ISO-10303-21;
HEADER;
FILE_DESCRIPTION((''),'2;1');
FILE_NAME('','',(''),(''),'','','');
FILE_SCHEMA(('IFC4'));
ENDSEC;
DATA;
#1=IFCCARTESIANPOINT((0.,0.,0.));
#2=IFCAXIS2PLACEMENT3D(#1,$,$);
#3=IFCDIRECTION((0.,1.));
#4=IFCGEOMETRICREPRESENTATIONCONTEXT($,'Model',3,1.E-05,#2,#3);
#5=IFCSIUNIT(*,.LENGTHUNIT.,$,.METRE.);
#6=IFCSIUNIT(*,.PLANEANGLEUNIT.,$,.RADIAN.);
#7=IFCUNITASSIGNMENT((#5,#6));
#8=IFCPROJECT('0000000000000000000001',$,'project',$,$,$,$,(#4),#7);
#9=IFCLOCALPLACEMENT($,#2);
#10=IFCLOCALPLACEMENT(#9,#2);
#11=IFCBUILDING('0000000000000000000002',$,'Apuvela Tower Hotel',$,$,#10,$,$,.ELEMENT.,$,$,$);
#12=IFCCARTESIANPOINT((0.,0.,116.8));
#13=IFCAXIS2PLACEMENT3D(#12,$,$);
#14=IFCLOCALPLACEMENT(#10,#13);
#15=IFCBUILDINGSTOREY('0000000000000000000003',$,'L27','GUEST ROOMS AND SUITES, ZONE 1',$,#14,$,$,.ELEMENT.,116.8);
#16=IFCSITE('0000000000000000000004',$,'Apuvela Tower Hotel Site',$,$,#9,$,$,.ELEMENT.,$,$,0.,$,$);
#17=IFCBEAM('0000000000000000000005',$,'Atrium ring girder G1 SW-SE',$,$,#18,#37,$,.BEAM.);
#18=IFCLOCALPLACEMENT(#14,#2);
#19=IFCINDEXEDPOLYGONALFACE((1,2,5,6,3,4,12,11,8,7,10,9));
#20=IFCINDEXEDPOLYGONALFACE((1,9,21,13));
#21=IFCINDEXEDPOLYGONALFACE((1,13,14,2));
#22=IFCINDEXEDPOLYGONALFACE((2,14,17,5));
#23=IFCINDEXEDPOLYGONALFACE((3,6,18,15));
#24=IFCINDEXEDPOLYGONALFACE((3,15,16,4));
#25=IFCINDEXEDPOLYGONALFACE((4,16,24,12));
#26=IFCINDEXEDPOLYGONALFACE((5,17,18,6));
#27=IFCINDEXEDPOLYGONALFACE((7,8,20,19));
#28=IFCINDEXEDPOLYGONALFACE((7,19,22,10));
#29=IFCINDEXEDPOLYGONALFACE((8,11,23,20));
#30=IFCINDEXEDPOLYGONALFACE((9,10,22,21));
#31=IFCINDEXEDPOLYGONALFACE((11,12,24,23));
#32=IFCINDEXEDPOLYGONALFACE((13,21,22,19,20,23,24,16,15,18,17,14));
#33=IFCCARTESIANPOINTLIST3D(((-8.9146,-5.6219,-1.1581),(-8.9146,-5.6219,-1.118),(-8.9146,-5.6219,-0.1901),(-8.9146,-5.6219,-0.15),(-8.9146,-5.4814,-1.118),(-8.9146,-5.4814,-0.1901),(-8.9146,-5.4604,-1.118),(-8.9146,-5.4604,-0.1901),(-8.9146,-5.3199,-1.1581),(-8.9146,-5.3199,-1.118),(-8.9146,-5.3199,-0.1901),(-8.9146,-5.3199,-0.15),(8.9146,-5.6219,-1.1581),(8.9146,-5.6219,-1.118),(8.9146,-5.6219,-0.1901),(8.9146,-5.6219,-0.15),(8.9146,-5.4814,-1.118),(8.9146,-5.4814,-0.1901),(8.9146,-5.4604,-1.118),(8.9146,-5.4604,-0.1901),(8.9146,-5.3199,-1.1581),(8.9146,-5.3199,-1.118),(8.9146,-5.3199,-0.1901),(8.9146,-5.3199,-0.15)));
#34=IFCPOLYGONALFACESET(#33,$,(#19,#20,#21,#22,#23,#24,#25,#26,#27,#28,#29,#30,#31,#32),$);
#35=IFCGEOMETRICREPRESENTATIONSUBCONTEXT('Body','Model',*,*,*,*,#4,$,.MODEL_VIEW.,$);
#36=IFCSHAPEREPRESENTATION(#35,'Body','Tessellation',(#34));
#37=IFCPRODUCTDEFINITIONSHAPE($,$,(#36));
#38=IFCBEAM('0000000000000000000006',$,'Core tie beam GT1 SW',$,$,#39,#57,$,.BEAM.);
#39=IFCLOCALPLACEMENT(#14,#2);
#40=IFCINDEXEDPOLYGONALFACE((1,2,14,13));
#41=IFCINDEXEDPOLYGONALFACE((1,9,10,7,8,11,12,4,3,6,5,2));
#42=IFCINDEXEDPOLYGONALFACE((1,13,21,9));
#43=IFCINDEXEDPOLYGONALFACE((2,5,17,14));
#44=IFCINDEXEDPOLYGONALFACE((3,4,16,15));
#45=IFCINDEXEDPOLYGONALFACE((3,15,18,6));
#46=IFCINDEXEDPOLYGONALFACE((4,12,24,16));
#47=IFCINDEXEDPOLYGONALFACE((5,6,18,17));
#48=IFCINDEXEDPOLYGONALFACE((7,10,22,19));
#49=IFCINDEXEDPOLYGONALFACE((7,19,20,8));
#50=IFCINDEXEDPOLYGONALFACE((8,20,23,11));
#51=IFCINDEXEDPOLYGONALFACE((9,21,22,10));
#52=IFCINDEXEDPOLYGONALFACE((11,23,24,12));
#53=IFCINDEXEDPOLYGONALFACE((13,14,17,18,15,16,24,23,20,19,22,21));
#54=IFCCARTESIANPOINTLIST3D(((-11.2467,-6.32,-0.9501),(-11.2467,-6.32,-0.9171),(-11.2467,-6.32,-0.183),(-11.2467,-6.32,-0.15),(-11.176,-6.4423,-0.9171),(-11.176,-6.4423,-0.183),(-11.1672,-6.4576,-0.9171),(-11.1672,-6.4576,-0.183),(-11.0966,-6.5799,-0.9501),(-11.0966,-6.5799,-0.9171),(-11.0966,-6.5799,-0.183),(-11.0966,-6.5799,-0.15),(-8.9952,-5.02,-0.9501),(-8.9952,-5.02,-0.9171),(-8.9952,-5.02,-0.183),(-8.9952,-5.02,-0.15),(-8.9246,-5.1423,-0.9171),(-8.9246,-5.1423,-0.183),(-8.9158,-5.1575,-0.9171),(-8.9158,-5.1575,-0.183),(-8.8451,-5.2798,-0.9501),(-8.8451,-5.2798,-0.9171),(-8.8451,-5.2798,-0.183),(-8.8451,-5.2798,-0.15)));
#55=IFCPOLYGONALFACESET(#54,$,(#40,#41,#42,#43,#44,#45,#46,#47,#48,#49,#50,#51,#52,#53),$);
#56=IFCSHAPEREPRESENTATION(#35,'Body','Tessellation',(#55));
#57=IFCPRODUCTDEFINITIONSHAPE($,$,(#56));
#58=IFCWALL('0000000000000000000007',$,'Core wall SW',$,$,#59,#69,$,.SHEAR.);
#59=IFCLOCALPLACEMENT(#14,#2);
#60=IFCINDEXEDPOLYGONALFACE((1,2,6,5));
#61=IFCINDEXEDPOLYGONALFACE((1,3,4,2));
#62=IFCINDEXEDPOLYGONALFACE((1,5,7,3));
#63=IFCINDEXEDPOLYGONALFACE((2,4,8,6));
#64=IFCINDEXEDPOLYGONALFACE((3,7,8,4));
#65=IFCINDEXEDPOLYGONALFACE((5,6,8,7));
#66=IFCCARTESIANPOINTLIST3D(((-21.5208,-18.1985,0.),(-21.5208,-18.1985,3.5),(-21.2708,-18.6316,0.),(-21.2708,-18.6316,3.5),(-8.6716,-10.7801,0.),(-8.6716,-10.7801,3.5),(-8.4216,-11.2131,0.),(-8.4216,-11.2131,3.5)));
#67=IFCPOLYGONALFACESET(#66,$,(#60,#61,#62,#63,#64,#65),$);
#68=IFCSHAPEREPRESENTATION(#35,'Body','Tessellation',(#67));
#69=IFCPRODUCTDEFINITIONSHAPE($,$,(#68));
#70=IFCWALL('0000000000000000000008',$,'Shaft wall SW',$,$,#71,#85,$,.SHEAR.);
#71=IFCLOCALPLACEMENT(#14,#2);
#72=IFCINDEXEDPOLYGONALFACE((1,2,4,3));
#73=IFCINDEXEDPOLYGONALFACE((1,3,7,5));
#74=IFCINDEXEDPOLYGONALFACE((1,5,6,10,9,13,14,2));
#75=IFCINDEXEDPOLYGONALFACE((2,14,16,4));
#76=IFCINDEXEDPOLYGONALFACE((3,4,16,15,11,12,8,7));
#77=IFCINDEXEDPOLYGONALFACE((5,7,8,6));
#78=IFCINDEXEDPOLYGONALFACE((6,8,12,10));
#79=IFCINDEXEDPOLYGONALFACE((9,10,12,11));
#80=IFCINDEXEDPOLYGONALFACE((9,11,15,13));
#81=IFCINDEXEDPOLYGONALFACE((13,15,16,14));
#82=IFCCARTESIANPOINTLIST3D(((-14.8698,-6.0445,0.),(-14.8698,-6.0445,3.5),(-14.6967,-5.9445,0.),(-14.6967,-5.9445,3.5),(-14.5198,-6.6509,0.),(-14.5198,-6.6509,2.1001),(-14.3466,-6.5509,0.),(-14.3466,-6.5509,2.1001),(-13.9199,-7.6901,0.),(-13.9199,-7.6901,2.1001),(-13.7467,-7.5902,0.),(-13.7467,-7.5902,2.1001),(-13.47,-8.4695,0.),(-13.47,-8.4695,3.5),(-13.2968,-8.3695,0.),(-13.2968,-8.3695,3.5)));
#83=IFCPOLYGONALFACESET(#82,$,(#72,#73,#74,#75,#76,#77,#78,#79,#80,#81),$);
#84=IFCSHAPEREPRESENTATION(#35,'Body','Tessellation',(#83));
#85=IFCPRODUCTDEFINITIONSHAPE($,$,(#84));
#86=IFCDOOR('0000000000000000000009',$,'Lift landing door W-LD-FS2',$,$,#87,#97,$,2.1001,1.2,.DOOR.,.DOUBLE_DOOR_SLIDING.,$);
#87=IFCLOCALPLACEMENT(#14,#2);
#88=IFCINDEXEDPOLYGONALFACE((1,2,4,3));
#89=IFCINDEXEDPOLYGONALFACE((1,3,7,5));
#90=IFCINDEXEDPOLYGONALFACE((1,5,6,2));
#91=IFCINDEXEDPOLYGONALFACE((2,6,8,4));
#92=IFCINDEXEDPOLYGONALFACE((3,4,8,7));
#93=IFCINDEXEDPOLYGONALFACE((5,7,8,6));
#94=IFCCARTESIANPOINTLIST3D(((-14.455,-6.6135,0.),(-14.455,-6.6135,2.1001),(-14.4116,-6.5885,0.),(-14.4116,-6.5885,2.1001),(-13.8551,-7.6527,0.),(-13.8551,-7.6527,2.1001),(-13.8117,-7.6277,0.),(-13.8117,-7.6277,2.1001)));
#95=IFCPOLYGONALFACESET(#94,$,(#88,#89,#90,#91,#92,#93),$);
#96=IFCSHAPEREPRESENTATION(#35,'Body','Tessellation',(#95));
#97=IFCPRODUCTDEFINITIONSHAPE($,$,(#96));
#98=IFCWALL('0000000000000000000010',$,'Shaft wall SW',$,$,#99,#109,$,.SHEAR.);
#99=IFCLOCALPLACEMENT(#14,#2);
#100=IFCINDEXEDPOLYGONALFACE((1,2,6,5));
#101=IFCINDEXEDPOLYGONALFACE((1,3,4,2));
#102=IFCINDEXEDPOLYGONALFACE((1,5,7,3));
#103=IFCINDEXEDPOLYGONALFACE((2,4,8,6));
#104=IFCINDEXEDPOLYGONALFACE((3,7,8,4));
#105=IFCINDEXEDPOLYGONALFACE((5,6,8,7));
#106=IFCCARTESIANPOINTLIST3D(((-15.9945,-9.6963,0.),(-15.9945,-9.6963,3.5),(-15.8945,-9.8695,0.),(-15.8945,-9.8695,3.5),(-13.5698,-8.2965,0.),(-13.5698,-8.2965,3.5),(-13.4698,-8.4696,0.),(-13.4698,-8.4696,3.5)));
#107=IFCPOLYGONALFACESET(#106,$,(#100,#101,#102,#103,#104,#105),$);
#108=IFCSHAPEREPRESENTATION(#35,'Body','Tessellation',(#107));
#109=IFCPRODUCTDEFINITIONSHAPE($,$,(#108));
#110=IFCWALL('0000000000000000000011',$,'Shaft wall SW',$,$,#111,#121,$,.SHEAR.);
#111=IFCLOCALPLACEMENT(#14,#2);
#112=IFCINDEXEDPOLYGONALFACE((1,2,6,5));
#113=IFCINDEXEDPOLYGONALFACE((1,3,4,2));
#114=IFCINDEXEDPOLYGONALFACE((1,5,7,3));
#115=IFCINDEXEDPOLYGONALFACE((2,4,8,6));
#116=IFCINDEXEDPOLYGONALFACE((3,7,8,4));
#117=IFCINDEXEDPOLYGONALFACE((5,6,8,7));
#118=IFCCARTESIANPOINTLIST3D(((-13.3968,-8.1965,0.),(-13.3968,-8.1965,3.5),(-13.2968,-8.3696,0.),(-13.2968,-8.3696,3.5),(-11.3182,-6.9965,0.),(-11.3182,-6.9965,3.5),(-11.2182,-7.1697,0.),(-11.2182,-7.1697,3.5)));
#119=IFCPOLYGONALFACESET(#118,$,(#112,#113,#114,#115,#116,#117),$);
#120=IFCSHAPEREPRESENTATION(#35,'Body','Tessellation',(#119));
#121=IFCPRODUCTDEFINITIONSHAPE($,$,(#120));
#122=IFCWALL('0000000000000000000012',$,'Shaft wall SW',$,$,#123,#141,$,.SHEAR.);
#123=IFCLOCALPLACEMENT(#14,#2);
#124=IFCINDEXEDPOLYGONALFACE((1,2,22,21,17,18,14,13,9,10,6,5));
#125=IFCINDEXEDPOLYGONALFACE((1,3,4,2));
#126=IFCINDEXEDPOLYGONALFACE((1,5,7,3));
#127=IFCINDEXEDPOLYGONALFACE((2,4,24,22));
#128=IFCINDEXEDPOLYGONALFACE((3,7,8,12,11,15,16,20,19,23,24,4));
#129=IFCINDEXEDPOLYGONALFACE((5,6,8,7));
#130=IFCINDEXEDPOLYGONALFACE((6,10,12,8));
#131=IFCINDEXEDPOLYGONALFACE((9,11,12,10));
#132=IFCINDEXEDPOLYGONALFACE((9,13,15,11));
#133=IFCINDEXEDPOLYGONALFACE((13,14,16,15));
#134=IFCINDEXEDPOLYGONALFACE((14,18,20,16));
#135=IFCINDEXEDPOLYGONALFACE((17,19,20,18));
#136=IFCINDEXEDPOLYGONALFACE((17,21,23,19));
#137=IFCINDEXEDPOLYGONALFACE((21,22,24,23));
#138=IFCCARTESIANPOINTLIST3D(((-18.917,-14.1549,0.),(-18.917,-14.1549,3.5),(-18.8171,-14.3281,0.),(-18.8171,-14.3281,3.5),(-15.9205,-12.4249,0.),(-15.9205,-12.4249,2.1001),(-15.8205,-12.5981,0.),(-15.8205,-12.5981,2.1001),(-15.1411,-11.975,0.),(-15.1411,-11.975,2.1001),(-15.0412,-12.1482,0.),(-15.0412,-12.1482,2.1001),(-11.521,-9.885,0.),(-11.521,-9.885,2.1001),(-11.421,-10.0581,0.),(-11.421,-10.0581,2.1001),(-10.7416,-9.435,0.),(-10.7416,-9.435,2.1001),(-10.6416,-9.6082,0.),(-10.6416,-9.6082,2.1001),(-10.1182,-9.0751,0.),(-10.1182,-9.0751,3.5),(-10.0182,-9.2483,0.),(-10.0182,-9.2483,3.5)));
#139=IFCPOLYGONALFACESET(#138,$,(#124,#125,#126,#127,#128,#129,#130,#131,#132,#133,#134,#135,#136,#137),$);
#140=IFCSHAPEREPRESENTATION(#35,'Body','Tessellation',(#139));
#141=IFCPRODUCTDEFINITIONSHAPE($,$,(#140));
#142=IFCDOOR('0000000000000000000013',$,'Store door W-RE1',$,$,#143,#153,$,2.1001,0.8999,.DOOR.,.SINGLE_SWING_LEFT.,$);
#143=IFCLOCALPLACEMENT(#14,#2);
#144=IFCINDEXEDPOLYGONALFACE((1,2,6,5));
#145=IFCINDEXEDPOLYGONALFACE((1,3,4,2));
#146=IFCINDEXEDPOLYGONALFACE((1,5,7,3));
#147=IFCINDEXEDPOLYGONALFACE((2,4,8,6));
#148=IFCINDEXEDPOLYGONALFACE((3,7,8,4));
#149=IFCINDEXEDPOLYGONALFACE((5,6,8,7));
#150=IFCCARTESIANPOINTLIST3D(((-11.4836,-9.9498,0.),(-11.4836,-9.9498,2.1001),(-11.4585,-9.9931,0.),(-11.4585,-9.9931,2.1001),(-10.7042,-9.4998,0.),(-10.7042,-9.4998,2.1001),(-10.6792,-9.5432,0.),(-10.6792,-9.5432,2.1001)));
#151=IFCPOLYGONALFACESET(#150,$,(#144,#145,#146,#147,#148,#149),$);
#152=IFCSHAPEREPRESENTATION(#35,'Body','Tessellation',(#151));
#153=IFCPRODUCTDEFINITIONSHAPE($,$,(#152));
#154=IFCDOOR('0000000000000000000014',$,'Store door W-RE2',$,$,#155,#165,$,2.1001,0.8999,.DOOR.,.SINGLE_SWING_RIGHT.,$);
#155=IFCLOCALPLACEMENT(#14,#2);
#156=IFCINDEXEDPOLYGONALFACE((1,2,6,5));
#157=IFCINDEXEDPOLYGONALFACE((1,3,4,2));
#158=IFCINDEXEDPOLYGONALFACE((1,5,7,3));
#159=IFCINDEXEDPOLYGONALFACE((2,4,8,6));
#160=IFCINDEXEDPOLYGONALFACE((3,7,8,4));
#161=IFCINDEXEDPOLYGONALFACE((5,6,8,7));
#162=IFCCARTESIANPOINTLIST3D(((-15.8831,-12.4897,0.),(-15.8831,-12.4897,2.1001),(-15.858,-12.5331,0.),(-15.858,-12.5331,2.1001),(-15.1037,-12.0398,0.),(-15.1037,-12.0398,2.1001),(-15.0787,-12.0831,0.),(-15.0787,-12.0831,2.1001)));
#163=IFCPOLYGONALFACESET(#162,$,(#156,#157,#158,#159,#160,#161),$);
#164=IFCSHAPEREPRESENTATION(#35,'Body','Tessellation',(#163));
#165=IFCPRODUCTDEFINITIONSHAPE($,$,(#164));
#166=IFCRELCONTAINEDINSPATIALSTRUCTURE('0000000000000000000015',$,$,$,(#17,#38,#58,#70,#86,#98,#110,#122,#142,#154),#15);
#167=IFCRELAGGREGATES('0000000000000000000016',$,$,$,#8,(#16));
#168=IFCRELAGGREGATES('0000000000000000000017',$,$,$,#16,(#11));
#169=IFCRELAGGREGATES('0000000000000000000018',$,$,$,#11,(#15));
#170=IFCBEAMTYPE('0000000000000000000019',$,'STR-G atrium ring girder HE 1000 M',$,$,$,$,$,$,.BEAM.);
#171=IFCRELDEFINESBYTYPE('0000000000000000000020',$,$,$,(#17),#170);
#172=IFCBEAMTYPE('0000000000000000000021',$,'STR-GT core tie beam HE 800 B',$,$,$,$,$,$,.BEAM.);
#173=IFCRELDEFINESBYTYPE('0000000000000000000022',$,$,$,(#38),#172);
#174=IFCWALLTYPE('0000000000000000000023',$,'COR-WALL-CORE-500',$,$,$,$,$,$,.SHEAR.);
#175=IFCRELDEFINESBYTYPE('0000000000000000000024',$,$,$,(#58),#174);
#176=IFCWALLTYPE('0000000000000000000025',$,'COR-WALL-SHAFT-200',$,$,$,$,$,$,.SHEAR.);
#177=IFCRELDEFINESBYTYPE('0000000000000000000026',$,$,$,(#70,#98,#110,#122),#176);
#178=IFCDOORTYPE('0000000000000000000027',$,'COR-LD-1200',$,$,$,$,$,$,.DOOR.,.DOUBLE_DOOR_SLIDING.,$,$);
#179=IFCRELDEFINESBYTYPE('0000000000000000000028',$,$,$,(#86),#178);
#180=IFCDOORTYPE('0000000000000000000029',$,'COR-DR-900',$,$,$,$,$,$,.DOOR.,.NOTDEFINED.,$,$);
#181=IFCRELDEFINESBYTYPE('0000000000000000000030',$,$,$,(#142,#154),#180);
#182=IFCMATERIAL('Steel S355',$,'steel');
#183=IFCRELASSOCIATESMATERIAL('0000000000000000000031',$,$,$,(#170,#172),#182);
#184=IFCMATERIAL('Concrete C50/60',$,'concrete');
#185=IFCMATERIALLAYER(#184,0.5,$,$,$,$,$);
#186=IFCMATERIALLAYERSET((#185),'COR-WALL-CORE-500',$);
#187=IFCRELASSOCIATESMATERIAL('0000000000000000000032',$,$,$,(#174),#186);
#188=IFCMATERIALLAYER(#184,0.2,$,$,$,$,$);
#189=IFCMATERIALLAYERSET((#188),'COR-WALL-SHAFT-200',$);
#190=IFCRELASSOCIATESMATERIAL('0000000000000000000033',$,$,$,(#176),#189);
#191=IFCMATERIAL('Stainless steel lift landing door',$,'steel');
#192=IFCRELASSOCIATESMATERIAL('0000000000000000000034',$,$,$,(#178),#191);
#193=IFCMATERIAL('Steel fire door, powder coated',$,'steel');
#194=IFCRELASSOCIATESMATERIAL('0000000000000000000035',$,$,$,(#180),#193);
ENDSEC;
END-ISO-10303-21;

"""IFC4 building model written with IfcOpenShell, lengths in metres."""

from ifc_helpers import new_model, si_unit, direction, frame, frame_2d, origin, origin_2d, place, context, subcontext, project, spatial, rectangle, i_section, extrude, material, layer, layer_set, material_profile, profile_set, type_object, element, fill, save


model = new_model("IFC4")

# Units and contexts
model_context = context("Model", 3, precision=1e-05, world=origin(), true_north=direction((0.0, 1.0)))
body_context = subcontext(model_context, "Body", "Model", "MODEL_VIEW")
ifc_project = project(units=[si_unit("LENGTHUNIT", "METRE"), si_unit("PLANEANGLEUNIT", "RADIAN")], contexts=[model_context])

# Site, building, storey
site_placement = place(None, origin())
site = spatial("IfcSite", under=ifc_project, at=site_placement, Name="Apuvela Tower Hotel Site", CompositionType="ELEMENT", RefElevation=0.0)
building_placement = place(site_placement, origin())
building = spatial("IfcBuilding", under=site, at=building_placement, Name="Apuvela Tower Hotel", CompositionType="ELEMENT")
storey_placement = place(building_placement, frame((0.0, 0.0, 116.8)))
storey = spatial("IfcBuildingStorey", under=building, at=storey_placement, Name="L27", Description="GUEST ROOMS AND SUITES, ZONE 1", CompositionType="ELEMENT", Elevation=116.8)

# Beams
ifc_material_1 = material(Name="Steel S355", Category="steel")
ifc_material_profile_1 = material_profile(ifc_material_1, i_section(OverallWidth=0.302, OverallDepth=1.0081, WebThickness=0.021, FlangeThickness=0.04, at=origin_2d()), Name="HE 1000 M")
ifc_profile_set_1 = profile_set([ifc_material_profile_1], Name="Steel S355")
beam_type_1 = type_object("IfcBeamType", Name="STR-G atrium ring girder HE 1000 M", PredefinedType="BEAM", material=ifc_profile_set_1)
beam_1_placement = place(storey_placement, frame((-8.9146, -5.4709, -0.6541), z_axis=(1.0, 0.0, 0.0), x_axis=(0.0, 1.0, 0.0)))
element("IfcBeam", 1, at=beam_1_placement, inside=storey, type_object=beam_type_1, Name="Atrium ring girder G1 SW-SE", PredefinedType="BEAM", context=body_context, shape_type="SweptSolid", body=[
    extrude(i_section(OverallWidth=0.302, OverallDepth=1.0081, WebThickness=0.021, FlangeThickness=0.04, at=origin_2d()), origin(), (0.0, 0.0, 1.0), 17.8291),
])
ifc_material_profile_2 = material_profile(ifc_material_1, i_section(OverallWidth=0.3, OverallDepth=0.8, WebThickness=0.0176, FlangeThickness=0.033, at=origin_2d()), Name="HE 800 B")
ifc_profile_set_2 = profile_set([ifc_material_profile_2], Name="Steel S355")
beam_type_2 = type_object("IfcBeamType", Name="STR-GT core tie beam HE 800 B", PredefinedType="BEAM", material=ifc_profile_set_2)
beam_2_placement = place(storey_placement, frame((-11.1716, -6.45, -0.55), z_axis=(0.865998, 0.500048, 0.0), x_axis=(-0.500048, 0.865998, 0.0)))
element("IfcBeam", 2, at=beam_2_placement, inside=storey, type_object=beam_type_2, Name="Core tie beam GT1 SW", PredefinedType="BEAM", context=body_context, shape_type="SweptSolid", body=[
    extrude(i_section(OverallWidth=0.3, OverallDepth=0.8, WebThickness=0.0176, FlangeThickness=0.033, at=origin_2d()), origin(), (0.0, 0.0, 1.0), 2.5999),
])

# Wall
ifc_material_2 = material(Name="Concrete C50/60", Category="concrete")
ifc_layer_1 = layer(ifc_material_2, 0.5)
ifc_layer_set_1 = layer_set([ifc_layer_1], Name="COR-WALL-CORE-500")
wall_type_1 = type_object("IfcWallType", Name="COR-WALL-CORE-500", PredefinedType="SHEAR", material=ifc_layer_set_1)
wall_1_placement = place(storey_placement, frame((-8.5466, -10.9966, 0.0), z_axis=(0.0, 0.0, 1.0), x_axis=(-0.866025, -0.500001, 0.0)))
element("IfcWall", 3, at=wall_1_placement, inside=storey, type_object=wall_type_1, Name="Core wall SW", PredefinedType="SHEAR", context=body_context, shape_type="SweptSolid", body=[
    extrude(rectangle(XDim=14.8369, YDim=0.5, at=frame_2d((7.4185, 0.0))), origin(), (0.0, 0.0, 1.0), 3.5),
])

# Wall, opening, door
ifc_layer_2 = layer(ifc_material_2, 0.2)
ifc_layer_set_2 = layer_set([ifc_layer_2], Name="COR-WALL-SHAFT-200")
wall_type_2 = type_object("IfcWallType", Name="COR-WALL-SHAFT-200", PredefinedType="SHEAR", material=ifc_layer_set_2)
wall_2_placement = place(storey_placement, frame((-14.7832, -5.9946, 0.0), z_axis=(0.0, 0.0, 1.0), x_axis=(0.499946, -0.866056, 0.0)))
wall_2 = element("IfcWall", 4, at=wall_2_placement, inside=storey, type_object=wall_type_2, Name="Shaft wall SW", PredefinedType="SHEAR", context=body_context, shape_type="SweptSolid", body=[
    extrude(rectangle(XDim=2.8, YDim=0.2, at=frame_2d((1.3999, 0.0))), origin(), (0.0, 0.0, 1.0), 3.5),
])
opening_1_placement = place(wall_2_placement, frame((0.7, 0.0, 0.0)))
opening_1 = element("IfcOpeningElement", 5, at=opening_1_placement, cuts=wall_2, PredefinedType="OPENING", context=body_context, shape_type="SweptSolid", body=[
    extrude(rectangle(XDim=1.2, YDim=2.1001, at=frame_2d((0.6001, 1.05))), frame((0.0, 0.1099, 0.0), z_axis=(0.0, -1.0, 0.0), x_axis=(1.0, 0.0, 0.0)), (0.0, 0.0, 1.0), 0.22),
])
ifc_material_3 = material(Name="Stainless steel lift landing door", Category="steel")
door_type_1 = type_object("IfcDoorType", Name="COR-LD-1200", OperationType="DOUBLE_DOOR_SLIDING", PredefinedType="DOOR", material=ifc_material_3)
door_1_placement = place(opening_1_placement, origin())
door_1 = element("IfcDoor", 6, at=door_1_placement, inside=storey, type_object=door_type_1, Name="Lift landing door W-LD-FS2", OperationType="DOUBLE_DOOR_SLIDING", OverallHeight=2.1001, OverallWidth=1.2, PredefinedType="DOOR", context=body_context, shape_type="SweptSolid", body=[
    extrude(rectangle(XDim=1.2, YDim=2.1001, at=frame_2d((0.6001, 1.05))), frame((0.0, 0.0249, 0.0), z_axis=(0.0, -1.0, 0.0), x_axis=(1.0, 0.0, 0.0)), (0.0, 0.0, 1.0), 0.05),
])
fill(opening_1, door_1)

# Walls
wall_3_placement = place(storey_placement, frame((-13.5198, -8.3831, 0.0), z_axis=(0.0, 0.0, 1.0), x_axis=(-0.866035, -0.499984, 0.0)))
element("IfcWall", 7, at=wall_3_placement, inside=storey, type_object=wall_type_2, Name="Shaft wall SW", PredefinedType="SHEAR", context=body_context, shape_type="SweptSolid", body=[
    extrude(rectangle(XDim=2.7998, YDim=0.2, at=frame_2d((1.3999, 0.0))), origin(), (0.0, 0.0, 1.0), 3.5),
])
wall_4_placement = place(storey_placement, frame((-11.2681, -7.083, 0.0), z_axis=(0.0, 0.0, 1.0), x_axis=(-0.86605, -0.499957, 0.0)))
element("IfcWall", 8, at=wall_4_placement, inside=storey, type_object=wall_type_2, Name="Shaft wall SW", PredefinedType="SHEAR", context=body_context, shape_type="SweptSolid", body=[
    extrude(rectangle(XDim=2.4001, YDim=0.2, at=frame_2d((1.2002, 0.0))), origin(), (0.0, 0.0, 1.0), 3.5),
])

# Wall, openings, doors
wall_5_placement = place(storey_placement, frame((-10.0681, -9.1616, 0.0), z_axis=(0.0, 0.0, 1.0), x_axis=(-0.866033, -0.499987, 0.0)))
wall_5 = element("IfcWall", 9, at=wall_5_placement, inside=storey, type_object=wall_type_2, Name="Shaft wall SW", PredefinedType="SHEAR", context=body_context, shape_type="SweptSolid", body=[
    extrude(rectangle(XDim=10.1599, YDim=0.2, at=frame_2d((5.0801, 0.0))), origin(), (0.0, 0.0, 1.0), 3.5),
])
opening_2_placement = place(wall_5_placement, frame((0.72, 0.0, 0.0)))
opening_2 = element("IfcOpeningElement", 10, at=opening_2_placement, cuts=wall_5, PredefinedType="OPENING", context=body_context, shape_type="SweptSolid", body=[
    extrude(rectangle(XDim=0.8999, YDim=2.1001, at=frame_2d((0.45, 1.05))), frame((0.0, 0.1099, 0.0), z_axis=(0.0, -1.0, 0.0), x_axis=(1.0, 0.0, 0.0)), (0.0, 0.0, 1.0), 0.22),
])
opening_3_placement = place(wall_5_placement, frame((5.8, 0.0, 0.0)))
opening_3 = element("IfcOpeningElement", 11, at=opening_3_placement, cuts=wall_5, PredefinedType="OPENING", context=body_context, shape_type="SweptSolid", body=[
    extrude(rectangle(XDim=0.8999, YDim=2.1001, at=frame_2d((0.45, 1.05))), frame((0.0, 0.1099, 0.0), z_axis=(0.0, -1.0, 0.0), x_axis=(1.0, 0.0, 0.0)), (0.0, 0.0, 1.0), 0.22),
])
ifc_material_4 = material(Name="Steel fire door, powder coated", Category="steel")
door_type_2 = type_object("IfcDoorType", Name="COR-DR-900", OperationType="NOTDEFINED", PredefinedType="DOOR", material=ifc_material_4)
door_2_placement = place(opening_2_placement, origin())
door_2 = element("IfcDoor", 12, at=door_2_placement, inside=storey, type_object=door_type_2, Name="Store door W-RE1", OperationType="SINGLE_SWING_LEFT", OverallHeight=2.1001, OverallWidth=0.8999, PredefinedType="DOOR", context=body_context, shape_type="SweptSolid", body=[
    extrude(rectangle(XDim=0.8999, YDim=2.1001, at=frame_2d((0.45, 1.05))), frame((0.0, 0.0249, 0.0), z_axis=(0.0, -1.0, 0.0), x_axis=(1.0, 0.0, 0.0)), (0.0, 0.0, 1.0), 0.05),
])
fill(opening_2, door_2)
door_3_placement = place(opening_3_placement, origin())
door_3 = element("IfcDoor", 13, at=door_3_placement, inside=storey, type_object=door_type_2, Name="Store door W-RE2", OperationType="SINGLE_SWING_RIGHT", OverallHeight=2.1001, OverallWidth=0.8999, PredefinedType="DOOR", context=body_context, shape_type="SweptSolid", body=[
    extrude(rectangle(XDim=0.8999, YDim=2.1001, at=frame_2d((0.45, 1.05))), frame((0.0, 0.0249, 0.0), z_axis=(0.0, -1.0, 0.0), x_axis=(1.0, 0.0, 0.0)), (0.0, 0.0, 1.0), 0.05),
])
fill(opening_3, door_3)

save(model, "model.ifc")
